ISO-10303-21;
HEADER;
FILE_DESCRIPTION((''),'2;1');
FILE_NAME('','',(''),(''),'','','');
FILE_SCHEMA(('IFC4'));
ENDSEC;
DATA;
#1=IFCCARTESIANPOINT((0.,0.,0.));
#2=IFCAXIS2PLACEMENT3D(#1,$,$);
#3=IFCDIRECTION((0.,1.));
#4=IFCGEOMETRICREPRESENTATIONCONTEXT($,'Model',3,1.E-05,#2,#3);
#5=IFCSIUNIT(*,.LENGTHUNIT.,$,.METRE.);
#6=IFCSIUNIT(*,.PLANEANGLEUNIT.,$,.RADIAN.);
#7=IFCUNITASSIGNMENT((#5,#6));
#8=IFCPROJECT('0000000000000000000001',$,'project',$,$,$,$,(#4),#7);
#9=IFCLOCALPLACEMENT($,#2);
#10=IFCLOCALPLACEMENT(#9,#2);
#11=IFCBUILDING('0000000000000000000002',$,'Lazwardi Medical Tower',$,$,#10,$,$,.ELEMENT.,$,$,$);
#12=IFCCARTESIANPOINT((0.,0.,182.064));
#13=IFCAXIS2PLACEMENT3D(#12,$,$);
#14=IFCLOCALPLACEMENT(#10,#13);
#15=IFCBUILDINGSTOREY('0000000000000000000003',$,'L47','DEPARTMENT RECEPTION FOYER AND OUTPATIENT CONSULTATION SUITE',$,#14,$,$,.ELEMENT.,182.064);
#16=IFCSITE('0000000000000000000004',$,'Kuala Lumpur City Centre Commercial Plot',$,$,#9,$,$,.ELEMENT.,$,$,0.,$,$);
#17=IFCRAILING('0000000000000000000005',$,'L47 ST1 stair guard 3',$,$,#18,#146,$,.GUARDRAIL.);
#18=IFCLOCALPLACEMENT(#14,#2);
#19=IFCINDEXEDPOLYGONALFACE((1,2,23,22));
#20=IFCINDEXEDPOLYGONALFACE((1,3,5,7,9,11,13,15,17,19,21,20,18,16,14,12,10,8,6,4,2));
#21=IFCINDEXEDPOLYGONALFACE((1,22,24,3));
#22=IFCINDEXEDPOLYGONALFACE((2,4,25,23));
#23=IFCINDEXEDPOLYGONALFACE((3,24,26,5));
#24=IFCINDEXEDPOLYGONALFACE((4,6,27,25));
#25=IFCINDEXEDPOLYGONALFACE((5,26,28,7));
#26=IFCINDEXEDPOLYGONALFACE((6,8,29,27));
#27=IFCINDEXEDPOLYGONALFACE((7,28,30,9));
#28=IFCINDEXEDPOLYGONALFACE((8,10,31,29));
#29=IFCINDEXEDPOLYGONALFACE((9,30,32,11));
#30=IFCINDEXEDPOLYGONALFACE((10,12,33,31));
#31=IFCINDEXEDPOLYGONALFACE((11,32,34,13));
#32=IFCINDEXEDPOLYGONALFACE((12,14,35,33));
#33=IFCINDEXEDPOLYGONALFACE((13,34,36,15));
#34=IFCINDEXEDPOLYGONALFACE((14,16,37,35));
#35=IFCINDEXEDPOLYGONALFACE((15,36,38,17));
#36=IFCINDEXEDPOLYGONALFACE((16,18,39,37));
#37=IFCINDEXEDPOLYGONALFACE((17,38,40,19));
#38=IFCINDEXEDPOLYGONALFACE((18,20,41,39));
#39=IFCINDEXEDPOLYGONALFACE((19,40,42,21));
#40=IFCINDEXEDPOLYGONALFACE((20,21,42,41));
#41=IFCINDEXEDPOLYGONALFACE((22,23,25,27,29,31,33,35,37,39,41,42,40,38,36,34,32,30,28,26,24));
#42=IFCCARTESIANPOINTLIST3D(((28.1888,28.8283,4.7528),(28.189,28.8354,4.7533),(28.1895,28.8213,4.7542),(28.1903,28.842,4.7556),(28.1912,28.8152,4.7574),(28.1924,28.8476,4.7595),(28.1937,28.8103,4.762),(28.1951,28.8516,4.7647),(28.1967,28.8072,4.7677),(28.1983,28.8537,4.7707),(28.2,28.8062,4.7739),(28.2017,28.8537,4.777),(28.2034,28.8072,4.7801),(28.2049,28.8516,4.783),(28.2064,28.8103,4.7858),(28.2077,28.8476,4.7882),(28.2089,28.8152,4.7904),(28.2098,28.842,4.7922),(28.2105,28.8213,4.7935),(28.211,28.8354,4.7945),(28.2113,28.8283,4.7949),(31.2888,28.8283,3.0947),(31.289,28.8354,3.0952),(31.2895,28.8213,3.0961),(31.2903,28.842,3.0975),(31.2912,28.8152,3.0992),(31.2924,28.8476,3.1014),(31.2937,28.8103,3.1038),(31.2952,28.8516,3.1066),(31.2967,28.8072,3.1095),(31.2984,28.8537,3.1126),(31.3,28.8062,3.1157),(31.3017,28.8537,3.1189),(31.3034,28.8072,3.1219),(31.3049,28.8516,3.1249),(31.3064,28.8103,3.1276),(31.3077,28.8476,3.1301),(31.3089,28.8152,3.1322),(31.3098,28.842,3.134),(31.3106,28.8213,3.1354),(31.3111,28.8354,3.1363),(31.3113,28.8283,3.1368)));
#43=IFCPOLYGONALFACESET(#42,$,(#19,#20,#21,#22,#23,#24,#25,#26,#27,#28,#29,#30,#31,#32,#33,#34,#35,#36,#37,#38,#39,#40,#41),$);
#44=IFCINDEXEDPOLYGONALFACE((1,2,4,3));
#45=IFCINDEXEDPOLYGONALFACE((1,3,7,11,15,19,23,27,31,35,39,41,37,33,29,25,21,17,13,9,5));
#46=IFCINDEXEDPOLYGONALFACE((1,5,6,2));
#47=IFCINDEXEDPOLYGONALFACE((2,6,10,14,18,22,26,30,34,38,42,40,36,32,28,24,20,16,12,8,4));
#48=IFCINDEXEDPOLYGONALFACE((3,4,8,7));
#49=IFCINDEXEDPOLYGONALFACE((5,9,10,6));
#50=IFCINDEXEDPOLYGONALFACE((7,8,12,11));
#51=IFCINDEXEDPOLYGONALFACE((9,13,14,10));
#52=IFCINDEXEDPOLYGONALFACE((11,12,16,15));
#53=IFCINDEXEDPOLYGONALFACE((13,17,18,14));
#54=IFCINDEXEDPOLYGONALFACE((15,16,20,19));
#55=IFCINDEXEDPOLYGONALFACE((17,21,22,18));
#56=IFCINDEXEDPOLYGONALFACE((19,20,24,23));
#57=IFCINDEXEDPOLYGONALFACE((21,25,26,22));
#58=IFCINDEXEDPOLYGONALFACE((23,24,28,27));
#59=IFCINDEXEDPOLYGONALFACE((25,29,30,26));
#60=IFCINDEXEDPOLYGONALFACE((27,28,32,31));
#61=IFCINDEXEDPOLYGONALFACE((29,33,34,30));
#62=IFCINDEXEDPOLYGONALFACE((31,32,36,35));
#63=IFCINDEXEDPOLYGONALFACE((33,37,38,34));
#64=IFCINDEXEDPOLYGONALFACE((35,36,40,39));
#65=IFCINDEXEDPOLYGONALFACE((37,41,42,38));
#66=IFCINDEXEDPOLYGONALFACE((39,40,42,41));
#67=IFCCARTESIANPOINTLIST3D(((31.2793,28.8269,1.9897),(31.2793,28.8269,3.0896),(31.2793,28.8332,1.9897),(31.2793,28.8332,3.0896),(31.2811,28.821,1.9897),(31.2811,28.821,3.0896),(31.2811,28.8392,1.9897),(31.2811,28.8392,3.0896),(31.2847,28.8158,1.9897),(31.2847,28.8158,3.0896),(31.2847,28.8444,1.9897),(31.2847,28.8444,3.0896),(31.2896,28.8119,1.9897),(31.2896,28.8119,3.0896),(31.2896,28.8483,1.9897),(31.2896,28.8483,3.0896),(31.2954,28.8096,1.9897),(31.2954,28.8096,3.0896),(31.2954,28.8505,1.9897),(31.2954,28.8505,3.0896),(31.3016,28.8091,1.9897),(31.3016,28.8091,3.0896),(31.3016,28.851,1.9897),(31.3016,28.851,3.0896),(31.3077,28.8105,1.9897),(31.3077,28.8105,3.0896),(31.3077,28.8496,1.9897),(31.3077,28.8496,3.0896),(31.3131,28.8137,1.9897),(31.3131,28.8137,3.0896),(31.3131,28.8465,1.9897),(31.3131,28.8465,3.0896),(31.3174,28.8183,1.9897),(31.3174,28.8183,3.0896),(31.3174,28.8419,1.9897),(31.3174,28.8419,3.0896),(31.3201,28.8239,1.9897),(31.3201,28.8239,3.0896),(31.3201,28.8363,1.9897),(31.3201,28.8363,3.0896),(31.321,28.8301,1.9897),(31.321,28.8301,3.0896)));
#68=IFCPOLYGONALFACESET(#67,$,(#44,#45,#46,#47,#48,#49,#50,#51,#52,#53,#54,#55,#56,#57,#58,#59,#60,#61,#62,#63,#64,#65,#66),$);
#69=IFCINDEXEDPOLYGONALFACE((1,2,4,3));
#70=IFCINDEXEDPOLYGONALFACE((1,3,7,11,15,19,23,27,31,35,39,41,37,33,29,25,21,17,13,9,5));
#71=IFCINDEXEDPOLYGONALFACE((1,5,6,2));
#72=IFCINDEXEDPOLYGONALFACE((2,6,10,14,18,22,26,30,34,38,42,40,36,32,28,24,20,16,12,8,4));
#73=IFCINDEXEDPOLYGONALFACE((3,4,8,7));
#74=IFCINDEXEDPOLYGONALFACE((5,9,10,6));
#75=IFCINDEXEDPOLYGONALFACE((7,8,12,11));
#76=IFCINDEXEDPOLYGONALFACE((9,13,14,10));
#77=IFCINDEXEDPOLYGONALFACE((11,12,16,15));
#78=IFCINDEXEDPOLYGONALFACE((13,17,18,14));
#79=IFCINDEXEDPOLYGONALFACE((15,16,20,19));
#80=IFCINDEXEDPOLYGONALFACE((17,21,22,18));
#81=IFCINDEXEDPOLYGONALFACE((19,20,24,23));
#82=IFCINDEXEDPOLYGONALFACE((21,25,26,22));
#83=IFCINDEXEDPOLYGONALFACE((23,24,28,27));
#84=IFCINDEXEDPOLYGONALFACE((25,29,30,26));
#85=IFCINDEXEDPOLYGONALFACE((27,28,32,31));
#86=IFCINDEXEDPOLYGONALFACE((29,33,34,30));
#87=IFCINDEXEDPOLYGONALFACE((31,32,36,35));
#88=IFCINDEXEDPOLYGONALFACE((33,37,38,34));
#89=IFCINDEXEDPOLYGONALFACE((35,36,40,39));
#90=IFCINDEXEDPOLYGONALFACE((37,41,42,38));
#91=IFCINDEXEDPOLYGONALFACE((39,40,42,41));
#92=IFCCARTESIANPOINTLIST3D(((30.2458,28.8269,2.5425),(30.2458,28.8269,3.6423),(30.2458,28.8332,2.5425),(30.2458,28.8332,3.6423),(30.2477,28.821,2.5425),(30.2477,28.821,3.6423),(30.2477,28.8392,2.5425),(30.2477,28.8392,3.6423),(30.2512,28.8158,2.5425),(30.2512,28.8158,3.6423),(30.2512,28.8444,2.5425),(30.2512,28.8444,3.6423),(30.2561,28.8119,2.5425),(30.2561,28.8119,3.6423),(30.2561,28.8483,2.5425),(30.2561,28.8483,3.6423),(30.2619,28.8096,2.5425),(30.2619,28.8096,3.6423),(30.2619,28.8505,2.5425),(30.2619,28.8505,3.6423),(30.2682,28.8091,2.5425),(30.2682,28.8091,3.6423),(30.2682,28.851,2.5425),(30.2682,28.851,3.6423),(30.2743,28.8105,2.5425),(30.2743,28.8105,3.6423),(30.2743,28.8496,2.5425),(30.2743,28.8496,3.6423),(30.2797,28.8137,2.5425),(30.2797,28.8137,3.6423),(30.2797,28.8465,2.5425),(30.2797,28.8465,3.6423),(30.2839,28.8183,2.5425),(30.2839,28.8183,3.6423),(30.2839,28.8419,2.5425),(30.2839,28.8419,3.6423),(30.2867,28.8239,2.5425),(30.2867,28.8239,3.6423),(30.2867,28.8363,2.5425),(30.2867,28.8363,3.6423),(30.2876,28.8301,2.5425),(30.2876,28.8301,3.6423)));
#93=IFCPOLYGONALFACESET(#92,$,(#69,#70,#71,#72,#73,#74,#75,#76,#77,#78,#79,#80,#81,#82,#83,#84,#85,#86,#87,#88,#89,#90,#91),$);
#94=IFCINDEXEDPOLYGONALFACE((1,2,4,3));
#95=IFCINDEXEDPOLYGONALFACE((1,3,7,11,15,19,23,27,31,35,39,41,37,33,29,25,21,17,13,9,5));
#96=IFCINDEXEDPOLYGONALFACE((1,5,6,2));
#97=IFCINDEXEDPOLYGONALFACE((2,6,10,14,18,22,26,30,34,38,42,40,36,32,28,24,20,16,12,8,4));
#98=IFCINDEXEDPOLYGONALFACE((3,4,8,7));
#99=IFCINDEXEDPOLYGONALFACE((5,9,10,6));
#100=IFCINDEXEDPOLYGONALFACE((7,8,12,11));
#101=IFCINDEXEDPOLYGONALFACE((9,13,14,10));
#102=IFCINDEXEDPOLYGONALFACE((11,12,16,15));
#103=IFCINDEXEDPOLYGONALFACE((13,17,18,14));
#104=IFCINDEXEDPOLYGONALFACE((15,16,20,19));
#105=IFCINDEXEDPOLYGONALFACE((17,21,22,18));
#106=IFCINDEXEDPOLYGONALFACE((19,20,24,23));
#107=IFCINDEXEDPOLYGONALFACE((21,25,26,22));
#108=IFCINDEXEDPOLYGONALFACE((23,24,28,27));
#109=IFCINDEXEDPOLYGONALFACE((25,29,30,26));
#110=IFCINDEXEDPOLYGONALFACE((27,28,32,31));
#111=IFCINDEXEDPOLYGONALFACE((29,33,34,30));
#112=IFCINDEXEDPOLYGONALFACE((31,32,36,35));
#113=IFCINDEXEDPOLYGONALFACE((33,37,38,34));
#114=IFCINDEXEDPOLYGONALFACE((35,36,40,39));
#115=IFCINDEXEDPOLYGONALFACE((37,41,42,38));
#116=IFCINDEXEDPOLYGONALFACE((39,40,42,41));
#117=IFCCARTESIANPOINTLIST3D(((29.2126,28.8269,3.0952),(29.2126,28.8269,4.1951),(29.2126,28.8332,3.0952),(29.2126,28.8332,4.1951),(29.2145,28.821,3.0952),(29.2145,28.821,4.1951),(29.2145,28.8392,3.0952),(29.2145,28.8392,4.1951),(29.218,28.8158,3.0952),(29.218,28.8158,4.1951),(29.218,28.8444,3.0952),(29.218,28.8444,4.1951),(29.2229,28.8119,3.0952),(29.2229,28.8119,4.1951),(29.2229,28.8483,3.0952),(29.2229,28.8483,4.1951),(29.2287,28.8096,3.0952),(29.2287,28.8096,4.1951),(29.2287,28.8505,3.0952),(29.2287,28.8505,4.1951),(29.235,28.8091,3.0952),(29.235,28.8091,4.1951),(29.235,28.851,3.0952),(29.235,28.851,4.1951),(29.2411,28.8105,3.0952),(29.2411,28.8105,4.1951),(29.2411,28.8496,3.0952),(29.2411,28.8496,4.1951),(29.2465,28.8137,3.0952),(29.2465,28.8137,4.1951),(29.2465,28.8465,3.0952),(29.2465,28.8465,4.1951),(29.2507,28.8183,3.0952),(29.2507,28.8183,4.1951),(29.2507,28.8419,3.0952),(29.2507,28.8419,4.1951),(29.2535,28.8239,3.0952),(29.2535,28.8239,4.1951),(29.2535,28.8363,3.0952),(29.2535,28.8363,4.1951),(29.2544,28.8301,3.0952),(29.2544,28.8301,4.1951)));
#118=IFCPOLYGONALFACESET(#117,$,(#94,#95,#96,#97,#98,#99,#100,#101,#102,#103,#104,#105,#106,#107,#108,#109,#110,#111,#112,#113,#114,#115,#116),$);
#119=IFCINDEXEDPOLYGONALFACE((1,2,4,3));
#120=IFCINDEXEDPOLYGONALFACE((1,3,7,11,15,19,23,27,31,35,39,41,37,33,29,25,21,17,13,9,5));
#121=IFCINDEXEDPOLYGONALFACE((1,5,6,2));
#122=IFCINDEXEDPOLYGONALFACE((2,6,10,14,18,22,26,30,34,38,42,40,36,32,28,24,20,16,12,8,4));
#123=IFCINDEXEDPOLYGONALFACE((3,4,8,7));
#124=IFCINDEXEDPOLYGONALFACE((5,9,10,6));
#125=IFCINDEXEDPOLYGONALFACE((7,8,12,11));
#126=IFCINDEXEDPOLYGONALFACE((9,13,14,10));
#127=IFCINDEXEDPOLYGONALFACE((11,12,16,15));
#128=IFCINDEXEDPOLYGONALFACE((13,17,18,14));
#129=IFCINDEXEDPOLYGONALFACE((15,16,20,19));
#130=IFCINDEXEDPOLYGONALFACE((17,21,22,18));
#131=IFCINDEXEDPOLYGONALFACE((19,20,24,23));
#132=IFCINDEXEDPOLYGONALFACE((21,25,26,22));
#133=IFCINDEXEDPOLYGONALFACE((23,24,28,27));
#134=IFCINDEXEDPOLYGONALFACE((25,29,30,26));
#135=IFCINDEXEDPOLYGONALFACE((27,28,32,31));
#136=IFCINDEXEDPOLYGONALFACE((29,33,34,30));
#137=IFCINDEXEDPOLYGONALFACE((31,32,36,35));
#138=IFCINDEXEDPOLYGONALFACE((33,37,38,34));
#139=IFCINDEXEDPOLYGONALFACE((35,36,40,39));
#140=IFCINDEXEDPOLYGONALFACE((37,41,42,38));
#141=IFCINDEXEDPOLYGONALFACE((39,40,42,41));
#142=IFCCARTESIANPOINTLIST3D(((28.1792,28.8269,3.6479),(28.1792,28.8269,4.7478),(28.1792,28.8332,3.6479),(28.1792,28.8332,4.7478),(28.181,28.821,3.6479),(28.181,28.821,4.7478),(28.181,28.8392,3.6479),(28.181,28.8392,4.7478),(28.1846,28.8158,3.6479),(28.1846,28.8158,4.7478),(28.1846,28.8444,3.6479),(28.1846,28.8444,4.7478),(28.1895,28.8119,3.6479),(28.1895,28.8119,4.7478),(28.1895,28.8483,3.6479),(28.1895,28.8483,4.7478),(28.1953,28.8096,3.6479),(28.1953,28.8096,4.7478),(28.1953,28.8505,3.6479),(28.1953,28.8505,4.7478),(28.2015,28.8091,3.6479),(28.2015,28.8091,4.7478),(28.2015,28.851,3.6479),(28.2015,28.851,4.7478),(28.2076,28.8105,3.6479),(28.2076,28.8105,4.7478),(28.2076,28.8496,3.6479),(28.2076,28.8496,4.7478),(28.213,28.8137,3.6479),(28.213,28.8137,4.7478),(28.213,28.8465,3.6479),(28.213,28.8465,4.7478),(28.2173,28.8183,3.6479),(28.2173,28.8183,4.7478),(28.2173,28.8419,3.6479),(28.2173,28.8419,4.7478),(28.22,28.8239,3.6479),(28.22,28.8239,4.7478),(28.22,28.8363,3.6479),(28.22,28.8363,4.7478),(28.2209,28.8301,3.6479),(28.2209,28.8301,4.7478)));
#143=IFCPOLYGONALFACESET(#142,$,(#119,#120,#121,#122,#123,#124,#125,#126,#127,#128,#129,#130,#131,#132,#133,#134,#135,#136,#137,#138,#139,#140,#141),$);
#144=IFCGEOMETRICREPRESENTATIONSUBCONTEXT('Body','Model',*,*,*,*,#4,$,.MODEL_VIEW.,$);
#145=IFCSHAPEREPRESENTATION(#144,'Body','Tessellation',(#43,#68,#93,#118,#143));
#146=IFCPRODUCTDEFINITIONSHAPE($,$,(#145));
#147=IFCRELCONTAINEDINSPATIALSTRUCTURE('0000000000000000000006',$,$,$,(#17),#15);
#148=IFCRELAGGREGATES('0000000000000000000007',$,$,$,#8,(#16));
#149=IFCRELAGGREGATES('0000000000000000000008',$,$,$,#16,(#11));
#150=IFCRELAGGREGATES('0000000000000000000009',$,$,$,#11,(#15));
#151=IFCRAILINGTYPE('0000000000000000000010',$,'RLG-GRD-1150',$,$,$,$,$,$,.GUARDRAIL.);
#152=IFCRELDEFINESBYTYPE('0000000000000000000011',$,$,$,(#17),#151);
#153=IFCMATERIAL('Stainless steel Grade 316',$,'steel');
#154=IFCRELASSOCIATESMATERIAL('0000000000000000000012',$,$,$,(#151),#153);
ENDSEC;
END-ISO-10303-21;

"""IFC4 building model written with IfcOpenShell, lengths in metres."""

from ifc_helpers import new_model, si_unit, direction, frame, origin, origin_2d, place, context, subcontext, project, spatial, circle, extrude, material, type_object, element, save


model = new_model("IFC4")

# Units and contexts
model_context = context("Model", 3, precision=1e-05, world=origin(), true_north=direction((0.0, 1.0)))
body_context = subcontext(model_context, "Body", "Model", "MODEL_VIEW")
ifc_project = project(units=[si_unit("LENGTHUNIT", "METRE"), si_unit("PLANEANGLEUNIT", "RADIAN")], contexts=[model_context])

# Site, building, storey
site_placement = place(None, origin())
site = spatial("IfcSite", under=ifc_project, at=site_placement, Name="Kuala Lumpur City Centre Commercial Plot", CompositionType="ELEMENT", RefElevation=0.0)
building_placement = place(site_placement, origin())
building = spatial("IfcBuilding", under=site, at=building_placement, Name="Lazwardi Medical Tower", CompositionType="ELEMENT")
storey_placement = place(building_placement, frame((0.0, 0.0, 182.064)))
storey = spatial("IfcBuildingStorey", under=building, at=storey_placement, Name="L47", Description="DEPARTMENT RECEPTION FOYER AND OUTPATIENT CONSULTATION SUITE", CompositionType="ELEMENT", Elevation=182.064)

# Railing
ifc_material_1 = material(Name="Stainless steel Grade 316", Category="steel")
railing_type_1 = type_object("IfcRailingType", Name="RLG-GRD-1150", PredefinedType="GUARDRAIL", material=ifc_material_1)
railing_1_placement = place(storey_placement, frame((31.3, 28.8301, 1.9897)))
element("IfcRailing", 1, at=railing_1_placement, inside=storey, type_object=railing_type_1, Name="L47 ST1 stair guard 3", PredefinedType="GUARDRAIL", context=body_context, shape_type="SweptSolid", body=[
    extrude(circle(Radius=0.0239, at=origin_2d()), frame((0.0, 0.0, 1.126), z_axis=(-0.881783, 0.0, 0.471655), x_axis=(0.0, -1.0, 0.0)), (0.0, 0.0, 1.0), 3.5156),
    extrude(circle(Radius=0.021, at=origin_2d()), origin(), (0.0, 0.0, 1.0), 1.0999),
    extrude(circle(Radius=0.021, at=origin_2d()), frame((-1.0334, 0.0, 0.5527)), (0.0, 0.0, 1.0), 1.0999),
    extrude(circle(Radius=0.021, at=origin_2d()), frame((-2.0667, 0.0, 1.1055)), (0.0, 0.0, 1.0), 1.0999),
    extrude(circle(Radius=0.021, at=origin_2d()), frame((-3.1001, 0.0, 1.6582)), (0.0, 0.0, 1.0), 1.0999),
])

save(model, "model.ifc")
